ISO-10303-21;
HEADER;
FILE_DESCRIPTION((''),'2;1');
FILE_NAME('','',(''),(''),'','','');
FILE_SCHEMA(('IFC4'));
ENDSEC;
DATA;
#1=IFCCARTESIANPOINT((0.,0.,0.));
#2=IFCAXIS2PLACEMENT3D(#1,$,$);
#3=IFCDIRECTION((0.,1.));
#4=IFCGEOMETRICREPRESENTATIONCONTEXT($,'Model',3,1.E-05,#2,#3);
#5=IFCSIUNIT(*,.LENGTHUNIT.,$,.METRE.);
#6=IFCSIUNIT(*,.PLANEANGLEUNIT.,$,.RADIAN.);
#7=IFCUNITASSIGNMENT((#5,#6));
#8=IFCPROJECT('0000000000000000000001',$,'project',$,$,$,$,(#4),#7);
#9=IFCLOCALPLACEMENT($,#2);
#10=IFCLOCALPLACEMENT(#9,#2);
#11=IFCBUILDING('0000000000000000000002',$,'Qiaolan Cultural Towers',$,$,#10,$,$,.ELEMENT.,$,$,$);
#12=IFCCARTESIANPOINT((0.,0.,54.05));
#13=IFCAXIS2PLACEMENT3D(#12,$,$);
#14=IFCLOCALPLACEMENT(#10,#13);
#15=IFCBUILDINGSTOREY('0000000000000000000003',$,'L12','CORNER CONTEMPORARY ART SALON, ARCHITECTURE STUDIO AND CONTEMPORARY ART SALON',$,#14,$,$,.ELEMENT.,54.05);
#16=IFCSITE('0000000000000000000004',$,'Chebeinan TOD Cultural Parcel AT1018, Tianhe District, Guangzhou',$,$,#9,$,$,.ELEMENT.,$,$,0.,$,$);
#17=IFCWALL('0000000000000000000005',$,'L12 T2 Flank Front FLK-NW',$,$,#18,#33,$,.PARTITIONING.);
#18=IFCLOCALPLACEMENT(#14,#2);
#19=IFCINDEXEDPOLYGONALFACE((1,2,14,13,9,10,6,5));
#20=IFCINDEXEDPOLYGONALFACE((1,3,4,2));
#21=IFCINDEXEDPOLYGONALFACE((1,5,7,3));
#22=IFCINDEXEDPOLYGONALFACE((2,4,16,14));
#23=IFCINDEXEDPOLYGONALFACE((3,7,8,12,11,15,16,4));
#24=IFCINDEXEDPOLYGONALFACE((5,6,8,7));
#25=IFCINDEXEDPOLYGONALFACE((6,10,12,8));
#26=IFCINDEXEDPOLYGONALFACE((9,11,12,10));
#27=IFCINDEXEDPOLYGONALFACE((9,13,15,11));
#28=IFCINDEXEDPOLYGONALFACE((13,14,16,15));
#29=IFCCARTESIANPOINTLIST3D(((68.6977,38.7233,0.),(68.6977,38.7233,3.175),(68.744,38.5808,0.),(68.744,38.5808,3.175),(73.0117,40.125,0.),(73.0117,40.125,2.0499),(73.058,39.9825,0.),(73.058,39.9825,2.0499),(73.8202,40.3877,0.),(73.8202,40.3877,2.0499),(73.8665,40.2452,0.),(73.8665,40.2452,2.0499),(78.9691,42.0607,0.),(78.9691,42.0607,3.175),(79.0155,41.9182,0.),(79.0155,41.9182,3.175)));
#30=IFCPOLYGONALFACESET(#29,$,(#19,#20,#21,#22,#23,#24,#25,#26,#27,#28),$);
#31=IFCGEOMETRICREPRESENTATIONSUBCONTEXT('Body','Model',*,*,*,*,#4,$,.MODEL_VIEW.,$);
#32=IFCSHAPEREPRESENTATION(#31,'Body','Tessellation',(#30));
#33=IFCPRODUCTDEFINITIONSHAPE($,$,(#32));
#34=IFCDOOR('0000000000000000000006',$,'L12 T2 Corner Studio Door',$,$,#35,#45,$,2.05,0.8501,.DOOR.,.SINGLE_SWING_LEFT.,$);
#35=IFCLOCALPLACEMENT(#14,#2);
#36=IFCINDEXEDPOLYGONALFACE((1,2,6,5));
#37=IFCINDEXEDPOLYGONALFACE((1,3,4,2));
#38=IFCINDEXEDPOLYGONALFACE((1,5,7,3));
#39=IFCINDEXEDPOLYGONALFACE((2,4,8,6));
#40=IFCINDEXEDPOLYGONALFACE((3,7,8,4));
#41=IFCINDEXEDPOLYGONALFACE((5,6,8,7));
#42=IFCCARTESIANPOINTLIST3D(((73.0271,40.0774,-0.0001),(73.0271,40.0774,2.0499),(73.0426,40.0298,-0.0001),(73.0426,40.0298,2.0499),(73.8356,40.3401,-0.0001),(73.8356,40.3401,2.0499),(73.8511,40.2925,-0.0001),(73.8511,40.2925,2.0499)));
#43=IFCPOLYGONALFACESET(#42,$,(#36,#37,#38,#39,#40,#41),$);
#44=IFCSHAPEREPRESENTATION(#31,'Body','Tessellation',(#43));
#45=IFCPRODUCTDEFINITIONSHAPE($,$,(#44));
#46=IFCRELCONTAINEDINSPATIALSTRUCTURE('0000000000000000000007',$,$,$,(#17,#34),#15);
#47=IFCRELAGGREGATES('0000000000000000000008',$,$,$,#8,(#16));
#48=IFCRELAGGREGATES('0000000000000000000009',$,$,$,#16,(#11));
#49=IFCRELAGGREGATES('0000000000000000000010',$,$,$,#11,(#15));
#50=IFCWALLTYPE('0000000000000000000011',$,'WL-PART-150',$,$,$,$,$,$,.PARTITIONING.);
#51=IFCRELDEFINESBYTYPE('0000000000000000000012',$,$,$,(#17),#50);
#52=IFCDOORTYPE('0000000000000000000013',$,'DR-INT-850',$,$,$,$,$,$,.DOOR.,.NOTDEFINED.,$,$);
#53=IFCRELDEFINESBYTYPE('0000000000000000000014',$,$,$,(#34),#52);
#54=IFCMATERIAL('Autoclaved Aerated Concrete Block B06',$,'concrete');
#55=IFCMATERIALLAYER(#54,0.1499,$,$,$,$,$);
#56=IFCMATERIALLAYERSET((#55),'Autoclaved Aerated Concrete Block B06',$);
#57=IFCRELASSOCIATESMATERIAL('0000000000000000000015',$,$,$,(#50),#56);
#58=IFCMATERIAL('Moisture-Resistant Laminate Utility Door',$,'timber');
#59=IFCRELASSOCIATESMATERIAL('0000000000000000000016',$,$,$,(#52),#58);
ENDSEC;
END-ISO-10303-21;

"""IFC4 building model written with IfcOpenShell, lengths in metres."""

from ifc_helpers import new_model, si_unit, direction, frame, frame_2d, origin, place, context, subcontext, project, spatial, rectangle, extrude, material, layer, layer_set, type_object, element, fill, save


model = new_model("IFC4")

# Units and contexts
model_context = context("Model", 3, precision=1e-05, world=origin(), true_north=direction((0.0, 1.0)))
body_context = subcontext(model_context, "Body", "Model", "MODEL_VIEW")
ifc_project = project(units=[si_unit("LENGTHUNIT", "METRE"), si_unit("PLANEANGLEUNIT", "RADIAN")], contexts=[model_context])

# Site, building, storey
site_placement = place(None, origin())
site = spatial("IfcSite", under=ifc_project, at=site_placement, Name="Chebeinan TOD Cultural Parcel AT1018, Tianhe District, Guangzhou", CompositionType="ELEMENT", RefElevation=0.0)
building_placement = place(site_placement, origin())
building = spatial("IfcBuilding", under=site, at=building_placement, Name="Qiaolan Cultural Towers", CompositionType="ELEMENT")
storey_placement = place(building_placement, frame((0.0, 0.0, 54.05)))
storey = spatial("IfcBuildingStorey", under=building, at=storey_placement, Name="L12", Description="CORNER CONTEMPORARY ART SALON, ARCHITECTURE STUDIO AND CONTEMPORARY ART SALON", CompositionType="ELEMENT", Elevation=54.05)

# Wall, opening, door
ifc_material_1 = material(Name="Autoclaved Aerated Concrete Block B06", Category="concrete")
ifc_layer_1 = layer(ifc_material_1, 0.1499)
ifc_layer_set_1 = layer_set([ifc_layer_1], Name="Autoclaved Aerated Concrete Block B06")
wall_type_1 = type_object("IfcWallType", Name="WL-PART-150", PredefinedType="PARTITIONING", material=ifc_layer_set_1)
wall_1_placement = place(storey_placement, frame((68.7209, 38.6521, 0.0), z_axis=(0.0, 0.0, 1.0), x_axis=(0.951057, 0.309017, 0.0)))
wall_1 = element("IfcWall", 1, at=wall_1_placement, inside=storey, type_object=wall_type_1, Name="L12 T2 Flank Front FLK-NW", PredefinedType="PARTITIONING", context=body_context, shape_type="SweptSolid", body=[
    extrude(rectangle(XDim=10.8, YDim=0.1499, at=frame_2d((5.3999, 0.0))), origin(), (0.0, 0.0, 1.0), 3.175),
])
opening_1_placement = place(wall_1_placement, frame((4.5359, 0.0, 0.0)))
opening_1 = element("IfcOpeningElement", 2, at=opening_1_placement, cuts=wall_1, PredefinedType="OPENING", context=body_context, shape_type="SweptSolid", body=[
    extrude(rectangle(XDim=0.8501, YDim=2.05, at=frame_2d((0.425, 1.0249))), frame((0.0, 0.085, 0.0), z_axis=(0.0, -1.0, 0.0), x_axis=(1.0, 0.0, 0.0)), (0.0, 0.0, 1.0), 0.1699),
])
ifc_material_2 = material(Name="Moisture-Resistant Laminate Utility Door", Category="timber")
door_type_1 = type_object("IfcDoorType", Name="DR-INT-850", OperationType="NOTDEFINED", PredefinedType="DOOR", material=ifc_material_2)
door_1_placement = place(opening_1_placement, origin())
door_1 = element("IfcDoor", 3, at=door_1_placement, inside=storey, type_object=door_type_1, Name="L12 T2 Corner Studio Door", OperationType="SINGLE_SWING_LEFT", OverallHeight=2.05, OverallWidth=0.8501, PredefinedType="DOOR", context=body_context, shape_type="SweptSolid", body=[
    extrude(rectangle(XDim=0.8501, YDim=2.05, at=frame_2d((0.425, 1.0249))), frame((0.0, 0.0249, 0.0), z_axis=(0.0, -1.0, 0.0), x_axis=(1.0, 0.0, 0.0)), (0.0, 0.0, 1.0), 0.05),
])
fill(opening_1, door_1)

save(model, "model.ifc")
